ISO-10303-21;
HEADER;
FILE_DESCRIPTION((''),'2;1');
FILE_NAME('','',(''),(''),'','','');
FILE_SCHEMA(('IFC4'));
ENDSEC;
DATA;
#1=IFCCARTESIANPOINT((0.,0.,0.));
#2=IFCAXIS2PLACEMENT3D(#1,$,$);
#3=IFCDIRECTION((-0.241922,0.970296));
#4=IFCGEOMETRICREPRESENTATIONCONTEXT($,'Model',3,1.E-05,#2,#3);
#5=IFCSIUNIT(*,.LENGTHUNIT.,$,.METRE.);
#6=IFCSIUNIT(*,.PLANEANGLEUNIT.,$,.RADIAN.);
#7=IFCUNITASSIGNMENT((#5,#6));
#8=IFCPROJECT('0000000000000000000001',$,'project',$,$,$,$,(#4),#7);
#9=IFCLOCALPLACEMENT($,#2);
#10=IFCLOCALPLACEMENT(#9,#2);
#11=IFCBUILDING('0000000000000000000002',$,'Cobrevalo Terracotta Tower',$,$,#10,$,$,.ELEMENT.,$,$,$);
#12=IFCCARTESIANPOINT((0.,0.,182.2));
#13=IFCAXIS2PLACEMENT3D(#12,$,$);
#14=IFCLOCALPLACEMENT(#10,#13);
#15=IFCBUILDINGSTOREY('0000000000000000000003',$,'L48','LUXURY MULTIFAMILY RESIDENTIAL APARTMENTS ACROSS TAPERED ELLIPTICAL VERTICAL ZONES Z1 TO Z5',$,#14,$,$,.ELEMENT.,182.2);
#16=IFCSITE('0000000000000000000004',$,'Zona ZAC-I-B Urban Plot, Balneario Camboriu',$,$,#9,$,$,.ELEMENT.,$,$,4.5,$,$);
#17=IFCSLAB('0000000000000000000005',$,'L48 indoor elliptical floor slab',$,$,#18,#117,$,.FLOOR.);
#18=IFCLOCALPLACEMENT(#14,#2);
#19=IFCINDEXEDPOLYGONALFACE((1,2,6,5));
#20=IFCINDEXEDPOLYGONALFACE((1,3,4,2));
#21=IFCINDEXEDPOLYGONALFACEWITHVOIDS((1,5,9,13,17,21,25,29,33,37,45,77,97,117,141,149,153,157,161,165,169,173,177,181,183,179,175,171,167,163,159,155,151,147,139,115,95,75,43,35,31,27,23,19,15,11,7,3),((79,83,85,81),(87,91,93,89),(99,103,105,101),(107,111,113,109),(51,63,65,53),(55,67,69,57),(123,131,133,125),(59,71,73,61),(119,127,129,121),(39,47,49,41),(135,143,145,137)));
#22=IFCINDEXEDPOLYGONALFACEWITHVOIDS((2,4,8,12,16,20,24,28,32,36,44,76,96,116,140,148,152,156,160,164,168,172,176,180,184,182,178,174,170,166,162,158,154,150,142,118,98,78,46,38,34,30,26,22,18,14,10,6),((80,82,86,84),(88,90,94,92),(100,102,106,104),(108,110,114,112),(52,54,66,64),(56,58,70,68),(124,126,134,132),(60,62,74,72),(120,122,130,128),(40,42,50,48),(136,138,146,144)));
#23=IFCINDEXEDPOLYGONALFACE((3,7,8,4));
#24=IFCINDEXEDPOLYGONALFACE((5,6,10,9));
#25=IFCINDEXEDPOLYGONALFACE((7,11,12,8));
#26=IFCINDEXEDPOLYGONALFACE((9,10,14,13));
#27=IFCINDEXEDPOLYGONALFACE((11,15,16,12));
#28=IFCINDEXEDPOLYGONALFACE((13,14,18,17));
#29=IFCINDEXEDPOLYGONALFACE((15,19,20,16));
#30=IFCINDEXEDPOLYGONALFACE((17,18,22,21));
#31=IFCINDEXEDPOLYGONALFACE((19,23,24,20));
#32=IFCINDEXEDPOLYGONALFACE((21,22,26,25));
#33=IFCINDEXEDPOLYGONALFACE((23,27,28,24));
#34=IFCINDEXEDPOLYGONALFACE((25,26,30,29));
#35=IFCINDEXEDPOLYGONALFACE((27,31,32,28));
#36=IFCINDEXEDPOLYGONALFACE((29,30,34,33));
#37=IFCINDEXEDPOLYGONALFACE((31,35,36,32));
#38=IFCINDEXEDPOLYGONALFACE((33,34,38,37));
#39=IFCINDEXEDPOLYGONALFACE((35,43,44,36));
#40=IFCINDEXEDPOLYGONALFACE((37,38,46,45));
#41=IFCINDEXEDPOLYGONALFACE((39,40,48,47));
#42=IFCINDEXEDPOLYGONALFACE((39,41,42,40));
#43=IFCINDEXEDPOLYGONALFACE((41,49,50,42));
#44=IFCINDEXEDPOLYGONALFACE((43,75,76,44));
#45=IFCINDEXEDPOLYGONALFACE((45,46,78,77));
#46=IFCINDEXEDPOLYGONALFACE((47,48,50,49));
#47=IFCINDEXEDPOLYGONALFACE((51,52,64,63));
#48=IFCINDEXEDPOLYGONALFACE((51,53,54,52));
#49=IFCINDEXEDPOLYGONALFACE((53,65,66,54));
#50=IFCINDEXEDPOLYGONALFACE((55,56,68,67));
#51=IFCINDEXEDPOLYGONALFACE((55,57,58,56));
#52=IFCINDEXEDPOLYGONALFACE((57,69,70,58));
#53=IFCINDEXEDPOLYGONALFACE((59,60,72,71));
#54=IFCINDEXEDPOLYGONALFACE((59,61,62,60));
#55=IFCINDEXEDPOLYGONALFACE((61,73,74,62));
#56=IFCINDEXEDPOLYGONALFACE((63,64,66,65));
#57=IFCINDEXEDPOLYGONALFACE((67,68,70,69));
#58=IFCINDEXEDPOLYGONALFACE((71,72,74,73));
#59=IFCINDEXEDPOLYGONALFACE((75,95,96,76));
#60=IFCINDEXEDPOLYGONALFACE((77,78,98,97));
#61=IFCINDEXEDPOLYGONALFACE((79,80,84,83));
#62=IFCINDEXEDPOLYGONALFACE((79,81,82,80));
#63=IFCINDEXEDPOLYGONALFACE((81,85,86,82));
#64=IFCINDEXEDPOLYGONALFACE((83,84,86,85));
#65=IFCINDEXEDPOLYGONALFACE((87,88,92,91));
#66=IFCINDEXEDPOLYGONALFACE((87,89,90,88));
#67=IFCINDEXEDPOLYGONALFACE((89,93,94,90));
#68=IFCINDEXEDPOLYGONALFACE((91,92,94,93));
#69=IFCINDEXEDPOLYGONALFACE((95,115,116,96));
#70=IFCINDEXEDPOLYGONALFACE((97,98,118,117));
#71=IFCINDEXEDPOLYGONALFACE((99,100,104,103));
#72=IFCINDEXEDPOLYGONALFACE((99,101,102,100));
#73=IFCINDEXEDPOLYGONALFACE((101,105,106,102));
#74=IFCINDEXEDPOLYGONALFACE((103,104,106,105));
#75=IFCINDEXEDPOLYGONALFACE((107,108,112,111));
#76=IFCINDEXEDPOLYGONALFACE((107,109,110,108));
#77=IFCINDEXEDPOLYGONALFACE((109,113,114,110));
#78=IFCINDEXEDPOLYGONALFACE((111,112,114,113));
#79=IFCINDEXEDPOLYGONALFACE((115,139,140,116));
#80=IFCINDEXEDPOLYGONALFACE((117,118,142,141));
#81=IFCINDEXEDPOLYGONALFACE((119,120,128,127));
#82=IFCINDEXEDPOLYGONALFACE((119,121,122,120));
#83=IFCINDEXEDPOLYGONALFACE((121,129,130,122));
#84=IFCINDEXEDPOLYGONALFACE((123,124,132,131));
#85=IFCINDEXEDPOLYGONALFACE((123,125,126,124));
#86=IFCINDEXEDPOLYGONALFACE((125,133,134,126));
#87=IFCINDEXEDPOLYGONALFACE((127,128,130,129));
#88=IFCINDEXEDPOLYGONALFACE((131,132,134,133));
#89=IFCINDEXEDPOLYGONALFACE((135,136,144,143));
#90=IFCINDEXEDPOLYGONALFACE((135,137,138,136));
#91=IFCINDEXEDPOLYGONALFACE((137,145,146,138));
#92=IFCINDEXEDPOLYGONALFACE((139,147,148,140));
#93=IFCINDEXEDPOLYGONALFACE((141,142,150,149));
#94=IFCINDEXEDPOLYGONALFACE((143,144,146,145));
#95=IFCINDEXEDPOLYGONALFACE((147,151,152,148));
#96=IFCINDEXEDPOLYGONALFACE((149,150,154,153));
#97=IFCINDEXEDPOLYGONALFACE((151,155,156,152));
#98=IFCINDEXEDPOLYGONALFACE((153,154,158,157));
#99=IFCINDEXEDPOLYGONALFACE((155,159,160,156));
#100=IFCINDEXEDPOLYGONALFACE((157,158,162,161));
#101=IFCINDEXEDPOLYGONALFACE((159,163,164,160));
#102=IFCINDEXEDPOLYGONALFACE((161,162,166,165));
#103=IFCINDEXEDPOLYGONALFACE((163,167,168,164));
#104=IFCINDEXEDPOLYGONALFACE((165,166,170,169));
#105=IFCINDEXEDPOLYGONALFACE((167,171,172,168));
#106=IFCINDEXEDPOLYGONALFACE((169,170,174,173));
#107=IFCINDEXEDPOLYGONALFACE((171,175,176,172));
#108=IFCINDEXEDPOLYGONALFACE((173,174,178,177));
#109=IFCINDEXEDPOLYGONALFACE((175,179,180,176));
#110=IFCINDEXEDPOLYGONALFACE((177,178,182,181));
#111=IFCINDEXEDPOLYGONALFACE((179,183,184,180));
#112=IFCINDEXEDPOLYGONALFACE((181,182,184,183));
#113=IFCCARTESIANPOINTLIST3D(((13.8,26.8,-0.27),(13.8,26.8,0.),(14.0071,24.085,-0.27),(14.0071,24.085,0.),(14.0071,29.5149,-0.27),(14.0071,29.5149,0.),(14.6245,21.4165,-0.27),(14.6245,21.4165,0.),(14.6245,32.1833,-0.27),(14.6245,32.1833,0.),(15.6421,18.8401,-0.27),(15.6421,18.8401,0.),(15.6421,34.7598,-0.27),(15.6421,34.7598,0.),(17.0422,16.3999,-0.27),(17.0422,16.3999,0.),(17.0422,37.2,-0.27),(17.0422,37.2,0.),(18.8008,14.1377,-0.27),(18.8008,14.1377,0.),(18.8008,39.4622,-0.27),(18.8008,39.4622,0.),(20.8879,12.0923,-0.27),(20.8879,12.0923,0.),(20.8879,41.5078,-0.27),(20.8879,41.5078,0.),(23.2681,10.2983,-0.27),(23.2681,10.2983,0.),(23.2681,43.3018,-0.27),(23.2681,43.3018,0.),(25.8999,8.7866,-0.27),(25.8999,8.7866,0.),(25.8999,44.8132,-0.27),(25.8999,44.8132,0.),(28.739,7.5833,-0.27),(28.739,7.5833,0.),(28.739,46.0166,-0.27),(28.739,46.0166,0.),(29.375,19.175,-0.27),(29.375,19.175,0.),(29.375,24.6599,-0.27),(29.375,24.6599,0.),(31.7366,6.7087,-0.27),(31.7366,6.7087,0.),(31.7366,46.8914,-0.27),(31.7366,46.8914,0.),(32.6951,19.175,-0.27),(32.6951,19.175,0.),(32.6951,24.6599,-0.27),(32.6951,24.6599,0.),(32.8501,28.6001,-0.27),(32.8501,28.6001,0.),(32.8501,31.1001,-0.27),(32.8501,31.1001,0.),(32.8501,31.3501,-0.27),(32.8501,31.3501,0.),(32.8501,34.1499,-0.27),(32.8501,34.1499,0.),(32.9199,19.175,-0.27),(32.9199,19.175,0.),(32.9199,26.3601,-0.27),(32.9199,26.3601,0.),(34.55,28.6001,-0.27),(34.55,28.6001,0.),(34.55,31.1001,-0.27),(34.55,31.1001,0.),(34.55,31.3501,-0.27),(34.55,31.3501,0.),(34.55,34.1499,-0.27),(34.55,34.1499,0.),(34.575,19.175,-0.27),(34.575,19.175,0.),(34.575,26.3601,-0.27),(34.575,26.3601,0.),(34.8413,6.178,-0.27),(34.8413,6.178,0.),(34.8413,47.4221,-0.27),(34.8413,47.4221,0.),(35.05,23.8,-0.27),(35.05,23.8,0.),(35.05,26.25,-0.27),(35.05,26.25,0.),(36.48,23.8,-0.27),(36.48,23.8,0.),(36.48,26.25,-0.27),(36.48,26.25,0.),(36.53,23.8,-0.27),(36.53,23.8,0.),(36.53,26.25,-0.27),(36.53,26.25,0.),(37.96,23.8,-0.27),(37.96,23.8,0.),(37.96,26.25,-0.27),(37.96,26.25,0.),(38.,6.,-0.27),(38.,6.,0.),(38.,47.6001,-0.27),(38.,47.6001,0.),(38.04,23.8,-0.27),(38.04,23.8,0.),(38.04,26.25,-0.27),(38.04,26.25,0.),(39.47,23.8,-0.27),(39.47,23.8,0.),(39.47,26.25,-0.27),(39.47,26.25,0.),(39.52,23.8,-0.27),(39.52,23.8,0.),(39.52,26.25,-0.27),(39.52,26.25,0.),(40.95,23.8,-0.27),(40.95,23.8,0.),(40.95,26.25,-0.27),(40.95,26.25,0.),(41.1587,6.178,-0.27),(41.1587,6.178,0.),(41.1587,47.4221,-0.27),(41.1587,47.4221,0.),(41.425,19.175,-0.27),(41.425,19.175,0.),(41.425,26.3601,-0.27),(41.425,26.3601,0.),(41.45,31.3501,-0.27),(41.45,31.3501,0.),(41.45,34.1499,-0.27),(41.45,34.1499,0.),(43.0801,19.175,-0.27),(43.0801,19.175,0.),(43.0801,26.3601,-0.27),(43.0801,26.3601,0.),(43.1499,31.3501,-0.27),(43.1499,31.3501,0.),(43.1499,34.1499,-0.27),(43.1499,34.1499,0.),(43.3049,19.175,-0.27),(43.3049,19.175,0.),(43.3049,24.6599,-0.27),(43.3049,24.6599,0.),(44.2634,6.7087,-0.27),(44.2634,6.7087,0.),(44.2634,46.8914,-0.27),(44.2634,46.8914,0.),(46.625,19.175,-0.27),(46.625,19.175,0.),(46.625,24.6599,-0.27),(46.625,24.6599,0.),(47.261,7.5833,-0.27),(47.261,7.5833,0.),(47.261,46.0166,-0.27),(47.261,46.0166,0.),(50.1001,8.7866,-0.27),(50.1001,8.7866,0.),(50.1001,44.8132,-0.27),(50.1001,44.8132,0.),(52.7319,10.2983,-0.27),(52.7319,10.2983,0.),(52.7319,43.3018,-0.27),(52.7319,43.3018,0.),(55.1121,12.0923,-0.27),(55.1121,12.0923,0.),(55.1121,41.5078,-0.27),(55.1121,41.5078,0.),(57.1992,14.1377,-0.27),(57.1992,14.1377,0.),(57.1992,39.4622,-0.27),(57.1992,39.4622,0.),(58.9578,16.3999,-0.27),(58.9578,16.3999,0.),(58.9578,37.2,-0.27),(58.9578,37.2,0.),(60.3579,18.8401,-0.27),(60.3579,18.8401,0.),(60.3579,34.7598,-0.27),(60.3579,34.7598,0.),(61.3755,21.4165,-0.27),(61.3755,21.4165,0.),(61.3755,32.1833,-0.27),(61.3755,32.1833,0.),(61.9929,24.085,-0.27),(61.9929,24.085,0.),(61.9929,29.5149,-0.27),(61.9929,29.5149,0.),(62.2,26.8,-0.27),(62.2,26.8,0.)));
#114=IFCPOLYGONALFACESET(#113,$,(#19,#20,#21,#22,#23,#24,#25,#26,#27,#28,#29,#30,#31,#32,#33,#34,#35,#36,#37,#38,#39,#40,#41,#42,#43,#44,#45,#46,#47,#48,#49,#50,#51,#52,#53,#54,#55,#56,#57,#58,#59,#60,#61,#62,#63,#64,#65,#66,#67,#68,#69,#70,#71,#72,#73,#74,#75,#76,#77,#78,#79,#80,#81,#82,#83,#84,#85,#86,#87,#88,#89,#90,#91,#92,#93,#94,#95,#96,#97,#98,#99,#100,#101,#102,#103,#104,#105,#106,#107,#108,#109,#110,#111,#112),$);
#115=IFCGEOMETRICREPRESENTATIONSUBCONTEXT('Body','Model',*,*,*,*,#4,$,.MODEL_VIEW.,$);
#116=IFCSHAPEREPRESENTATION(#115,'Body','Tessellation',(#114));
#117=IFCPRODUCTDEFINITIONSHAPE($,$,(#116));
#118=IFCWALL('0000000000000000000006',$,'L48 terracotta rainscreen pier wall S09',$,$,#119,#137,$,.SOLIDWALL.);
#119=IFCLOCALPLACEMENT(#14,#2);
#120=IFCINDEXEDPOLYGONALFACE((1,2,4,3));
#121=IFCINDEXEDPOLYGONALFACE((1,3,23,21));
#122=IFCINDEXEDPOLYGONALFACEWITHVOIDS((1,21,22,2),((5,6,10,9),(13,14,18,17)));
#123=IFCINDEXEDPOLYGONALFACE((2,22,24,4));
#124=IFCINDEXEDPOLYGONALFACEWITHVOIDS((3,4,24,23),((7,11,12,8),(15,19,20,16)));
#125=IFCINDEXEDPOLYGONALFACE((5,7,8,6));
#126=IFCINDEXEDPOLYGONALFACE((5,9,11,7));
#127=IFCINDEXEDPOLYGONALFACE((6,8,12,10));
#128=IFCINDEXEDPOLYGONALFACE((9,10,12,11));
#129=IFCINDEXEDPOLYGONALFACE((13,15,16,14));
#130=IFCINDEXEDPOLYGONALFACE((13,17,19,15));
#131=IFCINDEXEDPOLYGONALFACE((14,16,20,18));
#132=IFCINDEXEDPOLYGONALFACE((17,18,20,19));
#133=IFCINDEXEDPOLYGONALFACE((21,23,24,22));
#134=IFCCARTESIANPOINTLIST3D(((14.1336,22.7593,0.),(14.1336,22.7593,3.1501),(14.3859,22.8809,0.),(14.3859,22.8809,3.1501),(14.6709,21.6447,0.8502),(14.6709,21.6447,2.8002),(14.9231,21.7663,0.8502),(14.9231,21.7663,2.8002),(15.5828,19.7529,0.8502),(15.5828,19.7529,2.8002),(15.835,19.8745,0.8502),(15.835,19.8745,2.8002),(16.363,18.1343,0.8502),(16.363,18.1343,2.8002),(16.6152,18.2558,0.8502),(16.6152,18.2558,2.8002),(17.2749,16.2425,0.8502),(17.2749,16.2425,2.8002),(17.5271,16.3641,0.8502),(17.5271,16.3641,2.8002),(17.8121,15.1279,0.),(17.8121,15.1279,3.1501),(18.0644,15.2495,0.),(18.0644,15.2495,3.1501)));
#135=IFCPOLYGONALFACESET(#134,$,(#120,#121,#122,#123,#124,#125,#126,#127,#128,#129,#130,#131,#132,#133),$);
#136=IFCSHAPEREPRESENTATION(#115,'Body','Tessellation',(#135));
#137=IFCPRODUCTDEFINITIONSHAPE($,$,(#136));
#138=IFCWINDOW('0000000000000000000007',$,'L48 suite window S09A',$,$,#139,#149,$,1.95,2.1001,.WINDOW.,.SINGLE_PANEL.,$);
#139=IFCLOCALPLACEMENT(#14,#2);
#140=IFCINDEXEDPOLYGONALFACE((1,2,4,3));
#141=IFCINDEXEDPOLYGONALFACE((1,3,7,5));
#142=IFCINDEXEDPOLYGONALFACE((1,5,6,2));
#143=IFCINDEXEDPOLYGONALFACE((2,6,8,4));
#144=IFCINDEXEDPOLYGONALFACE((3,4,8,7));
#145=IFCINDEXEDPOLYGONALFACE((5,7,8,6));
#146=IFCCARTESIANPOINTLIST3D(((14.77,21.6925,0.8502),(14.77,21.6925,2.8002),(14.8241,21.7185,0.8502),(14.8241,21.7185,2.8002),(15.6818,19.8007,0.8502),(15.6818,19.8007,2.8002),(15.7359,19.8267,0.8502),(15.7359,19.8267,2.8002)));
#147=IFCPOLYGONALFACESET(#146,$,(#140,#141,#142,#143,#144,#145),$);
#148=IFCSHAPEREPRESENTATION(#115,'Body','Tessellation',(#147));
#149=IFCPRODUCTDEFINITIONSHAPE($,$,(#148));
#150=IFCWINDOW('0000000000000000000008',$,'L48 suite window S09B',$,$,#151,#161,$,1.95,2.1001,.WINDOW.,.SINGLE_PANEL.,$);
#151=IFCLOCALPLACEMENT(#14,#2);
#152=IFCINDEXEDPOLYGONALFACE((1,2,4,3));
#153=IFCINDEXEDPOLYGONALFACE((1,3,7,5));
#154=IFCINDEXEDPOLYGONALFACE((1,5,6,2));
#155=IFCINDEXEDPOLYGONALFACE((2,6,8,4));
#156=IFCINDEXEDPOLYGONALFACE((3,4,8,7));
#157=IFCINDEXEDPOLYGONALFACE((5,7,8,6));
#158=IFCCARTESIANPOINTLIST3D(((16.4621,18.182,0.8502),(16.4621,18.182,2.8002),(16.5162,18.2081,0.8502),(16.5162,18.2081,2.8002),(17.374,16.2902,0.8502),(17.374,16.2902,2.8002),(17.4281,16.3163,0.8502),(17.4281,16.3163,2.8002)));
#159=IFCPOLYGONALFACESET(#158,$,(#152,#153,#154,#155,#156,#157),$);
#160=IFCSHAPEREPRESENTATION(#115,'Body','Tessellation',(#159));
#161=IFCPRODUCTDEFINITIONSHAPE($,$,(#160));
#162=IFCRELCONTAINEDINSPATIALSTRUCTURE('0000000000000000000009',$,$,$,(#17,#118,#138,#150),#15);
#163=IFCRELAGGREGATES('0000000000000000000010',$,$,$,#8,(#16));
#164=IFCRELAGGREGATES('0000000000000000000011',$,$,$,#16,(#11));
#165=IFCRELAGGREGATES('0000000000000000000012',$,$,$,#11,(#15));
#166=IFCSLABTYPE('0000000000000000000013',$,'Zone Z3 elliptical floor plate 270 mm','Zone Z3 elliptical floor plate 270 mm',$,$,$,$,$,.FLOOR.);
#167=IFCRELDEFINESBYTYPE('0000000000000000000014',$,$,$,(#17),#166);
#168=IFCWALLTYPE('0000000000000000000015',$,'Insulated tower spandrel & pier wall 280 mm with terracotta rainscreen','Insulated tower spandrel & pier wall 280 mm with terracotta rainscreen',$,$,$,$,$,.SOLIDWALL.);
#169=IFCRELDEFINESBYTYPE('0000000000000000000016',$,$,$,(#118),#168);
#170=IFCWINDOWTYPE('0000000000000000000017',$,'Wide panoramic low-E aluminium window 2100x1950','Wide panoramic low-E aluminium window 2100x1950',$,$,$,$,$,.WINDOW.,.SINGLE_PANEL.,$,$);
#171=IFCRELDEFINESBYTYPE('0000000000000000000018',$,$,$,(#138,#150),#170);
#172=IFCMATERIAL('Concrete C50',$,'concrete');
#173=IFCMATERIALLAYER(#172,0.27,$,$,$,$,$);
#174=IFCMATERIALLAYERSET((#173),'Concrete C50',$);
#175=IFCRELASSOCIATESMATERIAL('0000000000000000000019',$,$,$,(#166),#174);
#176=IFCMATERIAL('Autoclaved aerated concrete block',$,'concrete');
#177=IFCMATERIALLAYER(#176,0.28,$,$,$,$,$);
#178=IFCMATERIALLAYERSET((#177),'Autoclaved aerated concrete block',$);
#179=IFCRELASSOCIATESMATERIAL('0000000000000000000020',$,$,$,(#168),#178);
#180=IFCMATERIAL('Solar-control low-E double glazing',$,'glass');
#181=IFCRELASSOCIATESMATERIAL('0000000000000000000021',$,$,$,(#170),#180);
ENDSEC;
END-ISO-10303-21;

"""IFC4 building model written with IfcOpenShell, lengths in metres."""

from ifc_helpers import new_model, si_unit, direction, frame, frame_2d, origin, place, context, subcontext, project, spatial, polyline, rectangle, outline, extrude, source, transform, mapped, material, layer, layer_set, type_object, element, fill, save


model = new_model("IFC4")

# Units and contexts
model_context = context("Model", 3, precision=1e-05, world=origin(), true_north=direction((-0.241922, 0.970296)))
body_context = subcontext(model_context, "Body", "Model", "MODEL_VIEW")
ifc_project = project(units=[si_unit("LENGTHUNIT", "METRE"), si_unit("PLANEANGLEUNIT", "RADIAN")], contexts=[model_context])

# Site, building, storey
site_placement = place(None, origin())
site = spatial("IfcSite", under=ifc_project, at=site_placement, Name="Zona ZAC-I-B Urban Plot, Balneario Camboriu", CompositionType="ELEMENT", RefElevation=4.5)
building_placement = place(site_placement, origin())
building = spatial("IfcBuilding", under=site, at=building_placement, Name="Cobrevalo Terracotta Tower", CompositionType="ELEMENT")
storey_placement = place(building_placement, frame((0.0, 0.0, 182.2)))
storey = spatial("IfcBuildingStorey", under=building, at=storey_placement, Name="L48", Description="LUXURY MULTIFAMILY RESIDENTIAL APARTMENTS ACROSS TAPERED ELLIPTICAL VERTICAL ZONES Z1 TO Z5", CompositionType="ELEMENT", Elevation=182.2)

# Shared definitions
ifc_material_1 = material(Name="Concrete C50", Category="concrete")

# Slab
ifc_layer_1 = layer(ifc_material_1, 0.27)
ifc_layer_set_1 = layer_set([ifc_layer_1], Name="Concrete C50")
slab_type_1 = type_object("IfcSlabType", Name="Zone Z3 elliptical floor plate 270 mm", Description="Zone Z3 elliptical floor plate 270 mm", PredefinedType="FLOOR", material=ifc_layer_set_1)
slab_1_placement = place(storey_placement, frame((0.0, 0.0, -0.27)))
element("IfcSlab", 1, at=slab_1_placement, inside=storey, type_object=slab_type_1, Name="L48 indoor elliptical floor slab", PredefinedType="FLOOR", context=body_context, shape_type="SweptSolid", body=[
    extrude(outline(polyline([(61.9929, 24.085), (61.3755, 21.4165), (60.3579, 18.8401), (58.9578, 16.3999), (57.1992, 14.1377), (55.1121, 12.0923), (52.7319, 10.2983), (50.1001, 8.7866), (47.261, 7.5833), (44.2634, 6.7087), (41.1587, 6.178), (38.0, 6.0), (34.8413, 6.178), (31.7366, 6.7087), (28.739, 7.5833), (25.8999, 8.7866), (23.2681, 10.2983), (20.8879, 12.0923), (18.8008, 14.1377), (17.0422, 16.3999), (15.6421, 18.8401), (14.6245, 21.4165), (14.0071, 24.085), (13.8, 26.8), (14.0071, 29.5149), (14.6245, 32.1833), (15.6421, 34.7598), (17.0422, 37.2), (18.8008, 39.4622), (20.8879, 41.5078), (23.2681, 43.3018), (25.8999, 44.8132), (28.739, 46.0166), (31.7366, 46.8914), (34.8413, 47.4221), (38.0, 47.6001), (41.1587, 47.4221), (44.2634, 46.8914), (47.261, 46.0166), (50.1001, 44.8132), (52.7319, 43.3018), (55.1121, 41.5078), (57.1992, 39.4622), (58.9578, 37.2), (60.3579, 34.7598), (61.3755, 32.1833), (61.9929, 29.5149), (62.2, 26.8), (61.9929, 24.085)]), holes=[polyline([(32.6951, 19.175), (32.6951, 24.6599), (29.375, 24.6599), (29.375, 19.175), (32.6951, 19.175)]), polyline([(34.575, 26.3601), (32.9199, 26.3601), (32.9199, 19.175), (34.575, 19.175), (34.575, 26.3601)]), polyline([(36.48, 26.25), (35.05, 26.25), (35.05, 23.8), (36.48, 23.8), (36.48, 26.25)]), polyline([(37.96, 23.8), (37.96, 26.25), (36.53, 26.25), (36.53, 23.8), (37.96, 23.8)]), polyline([(34.55, 28.6001), (34.55, 31.1001), (32.8501, 31.1001), (32.8501, 28.6001), (34.55, 28.6001)]), polyline([(34.55, 34.1499), (32.8501, 34.1499), (32.8501, 31.3501), (34.55, 31.3501), (34.55, 34.1499)]), polyline([(43.3049, 19.175), (46.625, 19.175), (46.625, 24.6599), (43.3049, 24.6599), (43.3049, 19.175)]), polyline([(43.0801, 19.175), (43.0801, 26.3601), (41.425, 26.3601), (41.425, 19.175), (43.0801, 19.175)]), polyline([(39.47, 26.25), (38.04, 26.25), (38.04, 23.8), (39.47, 23.8), (39.47, 26.25)]), polyline([(40.95, 23.8), (40.95, 26.25), (39.52, 26.25), (39.52, 23.8), (40.95, 23.8)]), polyline([(43.1499, 31.3501), (43.1499, 34.1499), (41.45, 34.1499), (41.45, 31.3501), (43.1499, 31.3501)])]), origin(), (0.0, 0.0, 1.0), 0.27),
])

# Wall, openings, windows
ifc_material_2 = material(Name="Autoclaved aerated concrete block", Category="concrete")
ifc_layer_2 = layer(ifc_material_2, 0.28)
ifc_layer_set_2 = layer_set([ifc_layer_2], Name="Autoclaved aerated concrete block")
wall_type = type_object("IfcWallType", Name="Insulated tower spandrel & pier wall 280 mm with terracotta rainscreen", Description="Insulated tower spandrel & pier wall 280 mm with terracotta rainscreen", PredefinedType="SOLIDWALL", material=ifc_layer_set_2)
wall_placement = place(storey_placement, frame((14.2598, 22.8201, 0.0), z_axis=(0.0, 0.0, 1.0), x_axis=(0.43421, -0.900812, 0.0)))
wall = element("IfcWall", 2, at=wall_placement, inside=storey, type_object=wall_type, Name="L48 terracotta rainscreen pier wall S09", PredefinedType="SOLIDWALL", context=body_context, shape_type="SweptSolid", body=[
    extrude(rectangle(XDim=8.4717, YDim=0.28, at=frame_2d((4.2358, 0.0))), origin(), (0.0, 0.0, 1.0), 3.1501),
])
opening_1_placement = place(wall_placement, frame((1.2373, 0.0, 0.8501)))
opening_1 = element("IfcOpeningElement", 3, at=opening_1_placement, cuts=wall, PredefinedType="OPENING", context=body_context, shape_type="SweptSolid", body=[
    extrude(rectangle(XDim=2.1001, YDim=1.95, at=frame_2d((1.05, 0.9751))), frame((0.0, 0.1499, 0.0), z_axis=(0.0, -1.0, 0.0), x_axis=(1.0, 0.0, 0.0)), (0.0, 0.0, 1.0), 0.3),
])
opening_2_placement = place(wall_placement, frame((5.1343, 0.0, 0.8501)))
opening_2 = element("IfcOpeningElement", 4, at=opening_2_placement, cuts=wall, PredefinedType="OPENING", context=body_context, shape_type="SweptSolid", body=[
    extrude(rectangle(XDim=2.1001, YDim=1.95, at=frame_2d((1.05, 0.9751))), frame((0.0, 0.1499, 0.0), z_axis=(0.0, -1.0, 0.0), x_axis=(1.0, 0.0, 0.0)), (0.0, 0.0, 1.0), 0.3),
])
ifc_material_3 = material(Name="Solar-control low-E double glazing", Category="glass")
window_type = type_object("IfcWindowType", Name="Wide panoramic low-E aluminium window 2100x1950", Description="Wide panoramic low-E aluminium window 2100x1950", PartitioningType="SINGLE_PANEL", PredefinedType="WINDOW", material=ifc_material_3)
shared_shape_1 = source(origin(), body_context, "Body", "SweptSolid", [
    extrude(rectangle(XDim=2.1001, YDim=1.95, at=frame_2d((1.05, 0.9751))), frame((0.0, 0.03, 0.0), z_axis=(0.0, -1.0, 0.0), x_axis=(1.0, 0.0, 0.0)), (0.0, 0.0, 1.0), 0.0601),
])
window_1_placement = place(opening_1_placement, origin())
window_1 = element("IfcWindow", 5, at=window_1_placement, inside=storey, type_object=window_type, Name="L48 suite window S09A", OverallHeight=1.95, OverallWidth=2.1001, PartitioningType="SINGLE_PANEL", PredefinedType="WINDOW", context=body_context, shape_type="MappedRepresentation", body=[
    mapped(shared_shape_1, transform((0.0, 0.0, 0.0), scale=1.0)),
])
fill(opening_1, window_1)
window_2_placement = place(opening_2_placement, origin())
window_2 = element("IfcWindow", 6, at=window_2_placement, inside=storey, type_object=window_type, Name="L48 suite window S09B", OverallHeight=1.95, OverallWidth=2.1001, PartitioningType="SINGLE_PANEL", PredefinedType="WINDOW", context=body_context, shape_type="MappedRepresentation", body=[
    mapped(shared_shape_1, transform((0.0, 0.0, 0.0), scale=1.0)),
])
fill(opening_2, window_2)

save(model, "model.ifc")
